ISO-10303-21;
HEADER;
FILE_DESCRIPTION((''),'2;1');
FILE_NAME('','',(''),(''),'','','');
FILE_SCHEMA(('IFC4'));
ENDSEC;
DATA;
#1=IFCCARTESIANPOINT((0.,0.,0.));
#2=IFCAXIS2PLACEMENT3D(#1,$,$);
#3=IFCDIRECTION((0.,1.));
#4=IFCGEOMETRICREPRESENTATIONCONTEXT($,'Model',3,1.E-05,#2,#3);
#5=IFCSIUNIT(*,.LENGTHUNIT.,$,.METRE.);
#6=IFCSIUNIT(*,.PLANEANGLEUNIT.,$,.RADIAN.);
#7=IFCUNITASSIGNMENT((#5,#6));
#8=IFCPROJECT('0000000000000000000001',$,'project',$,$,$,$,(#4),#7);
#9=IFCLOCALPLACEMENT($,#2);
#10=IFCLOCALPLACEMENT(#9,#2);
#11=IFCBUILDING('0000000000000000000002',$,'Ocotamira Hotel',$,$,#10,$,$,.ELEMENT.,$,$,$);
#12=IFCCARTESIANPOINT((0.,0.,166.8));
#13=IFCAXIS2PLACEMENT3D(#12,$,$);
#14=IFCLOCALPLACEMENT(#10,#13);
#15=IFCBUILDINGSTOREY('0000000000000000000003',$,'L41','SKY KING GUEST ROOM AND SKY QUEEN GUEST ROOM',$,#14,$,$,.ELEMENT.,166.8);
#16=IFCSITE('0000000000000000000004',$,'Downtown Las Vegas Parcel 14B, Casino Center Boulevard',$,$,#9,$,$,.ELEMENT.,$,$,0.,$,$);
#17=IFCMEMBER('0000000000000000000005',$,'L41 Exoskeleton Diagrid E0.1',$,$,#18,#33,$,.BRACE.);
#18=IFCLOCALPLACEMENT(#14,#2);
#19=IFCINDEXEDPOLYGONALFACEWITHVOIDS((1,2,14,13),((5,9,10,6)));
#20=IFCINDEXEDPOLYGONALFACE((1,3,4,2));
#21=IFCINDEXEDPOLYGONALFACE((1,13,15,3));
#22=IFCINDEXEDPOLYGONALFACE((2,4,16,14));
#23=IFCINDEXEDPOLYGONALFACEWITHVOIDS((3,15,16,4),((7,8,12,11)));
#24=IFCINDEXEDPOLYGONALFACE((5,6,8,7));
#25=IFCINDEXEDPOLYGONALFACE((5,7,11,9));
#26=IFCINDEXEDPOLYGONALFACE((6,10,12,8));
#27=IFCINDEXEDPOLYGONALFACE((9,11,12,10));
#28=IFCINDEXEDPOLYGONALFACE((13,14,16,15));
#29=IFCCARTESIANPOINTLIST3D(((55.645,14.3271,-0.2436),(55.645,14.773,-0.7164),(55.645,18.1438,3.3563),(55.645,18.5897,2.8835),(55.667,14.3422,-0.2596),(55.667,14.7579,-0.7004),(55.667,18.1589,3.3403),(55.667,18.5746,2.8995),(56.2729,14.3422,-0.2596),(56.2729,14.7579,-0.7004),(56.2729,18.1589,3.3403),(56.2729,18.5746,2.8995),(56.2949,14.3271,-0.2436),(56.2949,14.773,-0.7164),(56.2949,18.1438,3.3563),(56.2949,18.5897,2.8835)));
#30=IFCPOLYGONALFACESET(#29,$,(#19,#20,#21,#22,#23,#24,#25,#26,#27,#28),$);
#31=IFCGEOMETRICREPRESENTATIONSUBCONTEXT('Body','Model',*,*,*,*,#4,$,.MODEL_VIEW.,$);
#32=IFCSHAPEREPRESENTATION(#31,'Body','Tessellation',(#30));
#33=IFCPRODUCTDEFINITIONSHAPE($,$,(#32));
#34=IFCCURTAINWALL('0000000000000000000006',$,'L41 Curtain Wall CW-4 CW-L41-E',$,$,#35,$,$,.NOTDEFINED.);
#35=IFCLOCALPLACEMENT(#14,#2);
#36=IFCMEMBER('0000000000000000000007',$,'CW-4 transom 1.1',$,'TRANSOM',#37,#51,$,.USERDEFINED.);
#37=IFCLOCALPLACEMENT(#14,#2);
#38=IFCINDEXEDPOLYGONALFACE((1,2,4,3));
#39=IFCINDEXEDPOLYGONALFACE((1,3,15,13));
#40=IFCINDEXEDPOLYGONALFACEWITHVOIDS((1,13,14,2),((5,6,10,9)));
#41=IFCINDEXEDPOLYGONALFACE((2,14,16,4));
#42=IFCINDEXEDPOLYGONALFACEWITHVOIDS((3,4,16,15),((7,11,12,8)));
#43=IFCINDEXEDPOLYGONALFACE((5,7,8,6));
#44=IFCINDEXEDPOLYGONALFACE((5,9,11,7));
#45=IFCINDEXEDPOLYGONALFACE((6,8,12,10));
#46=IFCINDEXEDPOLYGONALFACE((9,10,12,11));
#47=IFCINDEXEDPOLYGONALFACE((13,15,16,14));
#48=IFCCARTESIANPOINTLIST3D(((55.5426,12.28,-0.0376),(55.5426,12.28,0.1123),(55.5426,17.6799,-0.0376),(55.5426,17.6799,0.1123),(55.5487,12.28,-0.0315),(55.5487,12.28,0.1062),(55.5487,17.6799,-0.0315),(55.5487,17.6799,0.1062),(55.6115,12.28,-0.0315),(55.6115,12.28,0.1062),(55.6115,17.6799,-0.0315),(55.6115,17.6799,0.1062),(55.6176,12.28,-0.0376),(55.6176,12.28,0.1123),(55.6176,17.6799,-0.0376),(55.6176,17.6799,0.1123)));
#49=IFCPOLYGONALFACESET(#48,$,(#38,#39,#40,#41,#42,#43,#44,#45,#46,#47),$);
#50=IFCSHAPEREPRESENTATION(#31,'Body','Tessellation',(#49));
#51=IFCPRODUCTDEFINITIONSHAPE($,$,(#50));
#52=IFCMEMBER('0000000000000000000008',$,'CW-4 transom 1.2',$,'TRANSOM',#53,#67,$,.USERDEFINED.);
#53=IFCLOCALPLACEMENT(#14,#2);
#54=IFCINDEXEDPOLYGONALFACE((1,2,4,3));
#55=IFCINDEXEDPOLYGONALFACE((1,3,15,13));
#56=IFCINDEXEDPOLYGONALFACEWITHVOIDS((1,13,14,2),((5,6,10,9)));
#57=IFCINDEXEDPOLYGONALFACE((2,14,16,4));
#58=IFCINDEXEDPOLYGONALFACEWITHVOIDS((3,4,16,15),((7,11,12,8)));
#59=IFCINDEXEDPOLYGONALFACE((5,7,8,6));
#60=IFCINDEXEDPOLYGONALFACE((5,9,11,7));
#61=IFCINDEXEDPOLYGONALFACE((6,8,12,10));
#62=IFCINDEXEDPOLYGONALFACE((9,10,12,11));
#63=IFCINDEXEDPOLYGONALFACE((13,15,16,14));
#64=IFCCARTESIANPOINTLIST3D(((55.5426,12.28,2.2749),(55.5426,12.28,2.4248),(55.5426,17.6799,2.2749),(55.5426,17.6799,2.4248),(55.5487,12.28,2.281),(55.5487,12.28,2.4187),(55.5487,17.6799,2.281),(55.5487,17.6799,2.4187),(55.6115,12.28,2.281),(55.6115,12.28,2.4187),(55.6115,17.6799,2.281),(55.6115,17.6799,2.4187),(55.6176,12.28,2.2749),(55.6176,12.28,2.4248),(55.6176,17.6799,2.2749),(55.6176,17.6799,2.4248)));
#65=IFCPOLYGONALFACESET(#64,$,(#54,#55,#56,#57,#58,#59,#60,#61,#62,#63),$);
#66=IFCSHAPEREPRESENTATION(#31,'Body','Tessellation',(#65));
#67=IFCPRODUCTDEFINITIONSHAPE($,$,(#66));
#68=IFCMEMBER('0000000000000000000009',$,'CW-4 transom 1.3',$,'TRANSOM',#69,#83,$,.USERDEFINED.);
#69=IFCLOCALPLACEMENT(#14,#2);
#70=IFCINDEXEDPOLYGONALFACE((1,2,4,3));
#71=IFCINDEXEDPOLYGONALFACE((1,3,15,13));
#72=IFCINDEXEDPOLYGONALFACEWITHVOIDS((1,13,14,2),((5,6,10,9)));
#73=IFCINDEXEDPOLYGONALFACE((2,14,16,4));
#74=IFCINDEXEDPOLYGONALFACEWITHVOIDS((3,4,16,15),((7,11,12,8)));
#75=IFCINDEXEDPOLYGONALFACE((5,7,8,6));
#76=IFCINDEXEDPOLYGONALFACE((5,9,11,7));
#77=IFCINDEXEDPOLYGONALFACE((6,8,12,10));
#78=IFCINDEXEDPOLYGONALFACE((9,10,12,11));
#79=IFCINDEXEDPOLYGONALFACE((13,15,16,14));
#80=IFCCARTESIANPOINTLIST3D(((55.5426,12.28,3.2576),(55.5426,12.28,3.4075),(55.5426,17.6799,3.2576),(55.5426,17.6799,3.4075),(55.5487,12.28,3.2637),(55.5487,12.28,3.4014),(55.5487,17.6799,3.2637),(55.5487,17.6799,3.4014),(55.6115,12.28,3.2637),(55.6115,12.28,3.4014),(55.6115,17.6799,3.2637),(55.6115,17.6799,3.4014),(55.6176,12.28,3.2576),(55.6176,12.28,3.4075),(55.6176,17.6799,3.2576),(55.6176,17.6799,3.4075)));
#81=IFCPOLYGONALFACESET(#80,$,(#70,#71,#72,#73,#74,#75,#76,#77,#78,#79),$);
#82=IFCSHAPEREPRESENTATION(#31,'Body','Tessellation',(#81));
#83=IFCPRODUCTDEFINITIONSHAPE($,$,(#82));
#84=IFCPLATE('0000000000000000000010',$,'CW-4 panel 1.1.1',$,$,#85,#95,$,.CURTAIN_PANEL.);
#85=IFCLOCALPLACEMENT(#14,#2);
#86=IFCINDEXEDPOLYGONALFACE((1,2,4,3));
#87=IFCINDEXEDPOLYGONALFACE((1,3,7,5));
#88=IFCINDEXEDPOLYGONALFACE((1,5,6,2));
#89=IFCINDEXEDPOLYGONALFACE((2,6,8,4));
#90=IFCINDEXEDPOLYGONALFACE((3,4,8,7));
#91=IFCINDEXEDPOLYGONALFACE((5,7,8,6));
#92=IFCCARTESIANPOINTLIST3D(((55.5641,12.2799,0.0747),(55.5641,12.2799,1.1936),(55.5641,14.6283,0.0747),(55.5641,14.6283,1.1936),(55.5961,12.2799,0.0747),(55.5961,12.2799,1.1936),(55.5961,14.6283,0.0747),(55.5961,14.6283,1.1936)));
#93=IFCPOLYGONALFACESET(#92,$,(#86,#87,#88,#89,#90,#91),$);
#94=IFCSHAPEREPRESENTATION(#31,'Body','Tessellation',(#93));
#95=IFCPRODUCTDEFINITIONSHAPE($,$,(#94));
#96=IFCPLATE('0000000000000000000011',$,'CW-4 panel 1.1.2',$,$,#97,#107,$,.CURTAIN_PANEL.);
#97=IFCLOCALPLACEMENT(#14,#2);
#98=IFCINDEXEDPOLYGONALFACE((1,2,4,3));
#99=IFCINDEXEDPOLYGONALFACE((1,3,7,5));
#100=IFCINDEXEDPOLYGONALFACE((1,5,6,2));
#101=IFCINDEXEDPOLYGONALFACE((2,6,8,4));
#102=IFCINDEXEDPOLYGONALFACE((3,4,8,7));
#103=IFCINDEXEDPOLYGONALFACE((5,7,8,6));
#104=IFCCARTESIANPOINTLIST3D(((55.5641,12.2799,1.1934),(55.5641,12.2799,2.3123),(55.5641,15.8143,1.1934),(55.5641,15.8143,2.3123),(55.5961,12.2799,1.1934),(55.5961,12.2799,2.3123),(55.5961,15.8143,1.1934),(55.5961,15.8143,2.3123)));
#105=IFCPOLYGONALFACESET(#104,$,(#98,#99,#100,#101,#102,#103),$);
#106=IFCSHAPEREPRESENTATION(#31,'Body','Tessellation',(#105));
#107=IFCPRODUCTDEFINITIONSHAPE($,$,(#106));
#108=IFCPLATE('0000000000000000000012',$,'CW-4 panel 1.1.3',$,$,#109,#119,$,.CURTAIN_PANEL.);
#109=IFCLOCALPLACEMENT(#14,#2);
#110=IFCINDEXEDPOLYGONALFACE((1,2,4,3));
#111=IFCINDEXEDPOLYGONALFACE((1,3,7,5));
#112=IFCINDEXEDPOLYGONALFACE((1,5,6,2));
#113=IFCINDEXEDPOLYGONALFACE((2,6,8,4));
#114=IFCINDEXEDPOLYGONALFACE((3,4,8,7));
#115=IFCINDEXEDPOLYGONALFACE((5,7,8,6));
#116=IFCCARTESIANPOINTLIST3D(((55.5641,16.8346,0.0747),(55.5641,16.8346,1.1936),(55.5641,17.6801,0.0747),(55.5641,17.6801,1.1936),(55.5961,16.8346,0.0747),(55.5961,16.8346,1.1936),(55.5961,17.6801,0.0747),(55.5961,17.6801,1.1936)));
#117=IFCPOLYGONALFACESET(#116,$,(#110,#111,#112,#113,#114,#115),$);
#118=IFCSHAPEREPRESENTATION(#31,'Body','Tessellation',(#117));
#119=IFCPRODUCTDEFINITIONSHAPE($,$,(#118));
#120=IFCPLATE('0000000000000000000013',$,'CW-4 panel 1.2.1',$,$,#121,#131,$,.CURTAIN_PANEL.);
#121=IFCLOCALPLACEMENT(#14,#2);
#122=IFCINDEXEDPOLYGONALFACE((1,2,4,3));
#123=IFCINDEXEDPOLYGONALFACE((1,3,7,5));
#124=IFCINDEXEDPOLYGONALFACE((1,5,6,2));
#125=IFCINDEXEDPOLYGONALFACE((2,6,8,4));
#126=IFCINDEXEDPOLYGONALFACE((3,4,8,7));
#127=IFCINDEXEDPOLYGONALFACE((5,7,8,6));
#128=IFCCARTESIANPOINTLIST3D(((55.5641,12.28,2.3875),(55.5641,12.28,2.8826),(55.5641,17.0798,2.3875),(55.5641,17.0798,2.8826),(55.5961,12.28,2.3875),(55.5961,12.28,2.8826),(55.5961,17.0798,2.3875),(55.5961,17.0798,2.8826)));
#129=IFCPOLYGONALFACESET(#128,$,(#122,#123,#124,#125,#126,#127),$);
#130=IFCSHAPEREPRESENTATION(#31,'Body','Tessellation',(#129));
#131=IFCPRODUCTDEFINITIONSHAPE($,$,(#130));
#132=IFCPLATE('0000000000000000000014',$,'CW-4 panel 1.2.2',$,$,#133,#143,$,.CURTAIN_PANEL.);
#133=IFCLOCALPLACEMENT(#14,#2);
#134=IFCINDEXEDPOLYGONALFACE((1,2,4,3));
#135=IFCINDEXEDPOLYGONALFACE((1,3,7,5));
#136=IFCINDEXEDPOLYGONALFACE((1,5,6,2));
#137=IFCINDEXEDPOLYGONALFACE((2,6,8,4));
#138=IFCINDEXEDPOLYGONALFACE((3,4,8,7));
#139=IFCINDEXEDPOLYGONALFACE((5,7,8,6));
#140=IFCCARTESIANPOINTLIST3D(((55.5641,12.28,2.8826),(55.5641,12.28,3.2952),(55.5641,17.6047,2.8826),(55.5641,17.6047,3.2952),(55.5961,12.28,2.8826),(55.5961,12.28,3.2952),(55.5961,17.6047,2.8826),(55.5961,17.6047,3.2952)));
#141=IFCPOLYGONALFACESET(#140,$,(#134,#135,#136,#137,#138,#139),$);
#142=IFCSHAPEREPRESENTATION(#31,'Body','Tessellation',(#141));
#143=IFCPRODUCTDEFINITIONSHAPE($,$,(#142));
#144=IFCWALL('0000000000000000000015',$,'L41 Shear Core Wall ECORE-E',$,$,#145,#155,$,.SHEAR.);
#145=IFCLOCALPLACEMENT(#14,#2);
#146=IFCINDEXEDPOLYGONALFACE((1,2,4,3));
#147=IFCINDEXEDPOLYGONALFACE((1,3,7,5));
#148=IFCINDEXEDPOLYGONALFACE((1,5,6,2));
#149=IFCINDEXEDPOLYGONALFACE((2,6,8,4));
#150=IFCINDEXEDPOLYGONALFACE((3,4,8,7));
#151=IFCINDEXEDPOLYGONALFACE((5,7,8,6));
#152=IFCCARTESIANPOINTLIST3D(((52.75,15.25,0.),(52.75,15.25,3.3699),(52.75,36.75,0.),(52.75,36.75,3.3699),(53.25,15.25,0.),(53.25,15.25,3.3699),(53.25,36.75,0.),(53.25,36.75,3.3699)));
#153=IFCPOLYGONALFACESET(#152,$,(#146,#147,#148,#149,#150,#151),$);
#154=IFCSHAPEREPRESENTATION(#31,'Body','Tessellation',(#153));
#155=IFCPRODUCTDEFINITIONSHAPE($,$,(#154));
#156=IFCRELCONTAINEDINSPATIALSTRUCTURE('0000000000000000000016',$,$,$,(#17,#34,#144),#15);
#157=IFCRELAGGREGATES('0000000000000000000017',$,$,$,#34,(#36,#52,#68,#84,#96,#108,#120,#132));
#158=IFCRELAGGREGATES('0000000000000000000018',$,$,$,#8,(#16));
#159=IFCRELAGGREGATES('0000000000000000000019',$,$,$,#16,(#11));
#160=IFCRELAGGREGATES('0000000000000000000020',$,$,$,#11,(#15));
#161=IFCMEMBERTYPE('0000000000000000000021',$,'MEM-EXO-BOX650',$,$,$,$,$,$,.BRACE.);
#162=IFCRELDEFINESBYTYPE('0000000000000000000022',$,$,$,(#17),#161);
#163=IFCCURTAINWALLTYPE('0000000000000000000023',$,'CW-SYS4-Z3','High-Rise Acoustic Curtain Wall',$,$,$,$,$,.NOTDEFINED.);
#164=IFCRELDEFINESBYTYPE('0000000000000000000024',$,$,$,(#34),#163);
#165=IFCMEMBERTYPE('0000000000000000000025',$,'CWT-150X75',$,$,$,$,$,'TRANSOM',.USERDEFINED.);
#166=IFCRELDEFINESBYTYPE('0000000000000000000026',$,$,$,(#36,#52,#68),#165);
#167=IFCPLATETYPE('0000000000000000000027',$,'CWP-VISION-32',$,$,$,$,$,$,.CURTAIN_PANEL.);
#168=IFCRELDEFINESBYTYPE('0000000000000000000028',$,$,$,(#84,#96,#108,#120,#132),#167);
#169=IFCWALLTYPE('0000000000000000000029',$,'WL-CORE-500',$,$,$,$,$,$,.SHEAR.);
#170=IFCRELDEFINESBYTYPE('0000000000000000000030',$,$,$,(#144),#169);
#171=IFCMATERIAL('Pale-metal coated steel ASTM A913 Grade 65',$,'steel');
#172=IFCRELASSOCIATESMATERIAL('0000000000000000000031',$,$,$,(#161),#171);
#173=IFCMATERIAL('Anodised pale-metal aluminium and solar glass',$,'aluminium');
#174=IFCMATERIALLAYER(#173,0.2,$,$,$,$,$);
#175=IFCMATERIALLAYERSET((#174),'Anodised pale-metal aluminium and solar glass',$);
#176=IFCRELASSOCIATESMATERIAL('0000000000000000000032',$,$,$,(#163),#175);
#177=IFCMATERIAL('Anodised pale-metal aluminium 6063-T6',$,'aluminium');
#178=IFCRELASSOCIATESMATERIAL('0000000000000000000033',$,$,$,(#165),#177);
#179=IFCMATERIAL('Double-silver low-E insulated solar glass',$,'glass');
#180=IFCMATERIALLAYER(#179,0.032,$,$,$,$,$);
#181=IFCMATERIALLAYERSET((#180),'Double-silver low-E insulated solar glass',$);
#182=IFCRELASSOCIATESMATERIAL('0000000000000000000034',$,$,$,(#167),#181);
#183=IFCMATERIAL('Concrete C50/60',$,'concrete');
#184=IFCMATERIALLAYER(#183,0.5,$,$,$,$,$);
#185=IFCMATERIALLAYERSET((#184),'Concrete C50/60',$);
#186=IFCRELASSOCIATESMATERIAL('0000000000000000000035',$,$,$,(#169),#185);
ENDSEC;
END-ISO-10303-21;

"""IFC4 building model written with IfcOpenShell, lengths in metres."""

from ifc_helpers import new_model, si_unit, direction, frame, frame_2d, origin, origin_2d, place, context, subcontext, project, spatial, rectangle, hollow_rectangle, extrude, source, transform, mapped, material, layer, layer_set, material_profile, profile_set, type_object, element, aggregate, save


model = new_model("IFC4")

# Units and contexts
model_context = context("Model", 3, precision=1e-05, world=origin(), true_north=direction((0.0, 1.0)))
body_context = subcontext(model_context, "Body", "Model", "MODEL_VIEW")
ifc_project = project(units=[si_unit("LENGTHUNIT", "METRE"), si_unit("PLANEANGLEUNIT", "RADIAN")], contexts=[model_context])

# Site, building, storey
site_placement = place(None, origin())
site = spatial("IfcSite", under=ifc_project, at=site_placement, Name="Downtown Las Vegas Parcel 14B, Casino Center Boulevard", CompositionType="ELEMENT", RefElevation=0.0)
building_placement = place(site_placement, origin())
building = spatial("IfcBuilding", under=site, at=building_placement, Name="Ocotamira Hotel", CompositionType="ELEMENT")
storey_placement = place(building_placement, frame((0.0, 0.0, 166.8)))
storey = spatial("IfcBuildingStorey", under=building, at=storey_placement, Name="L41", Description="SKY KING GUEST ROOM AND SKY QUEEN GUEST ROOM", CompositionType="ELEMENT", Elevation=166.8)

# Member
ifc_material_1 = material(Name="Pale-metal coated steel ASTM A913 Grade 65", Category="steel")
ifc_material_profile_1 = material_profile(ifc_material_1, hollow_rectangle(XDim=0.6499, YDim=0.6499, WallThickness=0.022, at=origin_2d()), Name="BOX650X650X22")
ifc_profile_set_1 = profile_set([ifc_material_profile_1], Name="Pale-metal coated steel ASTM A913 Grade 65")
member_type_1 = type_object("IfcMemberType", Name="MEM-EXO-BOX650", PredefinedType="BRACE", material=ifc_profile_set_1)
shared_shape_1 = source(origin(), body_context, "Body", "SweptSolid", [
    extrude(hollow_rectangle(XDim=0.6499, YDim=0.6499, WallThickness=0.022, at=origin_2d()), origin(), (0.0, 0.0, 1.0), 5.2466),
])
member_1_placement = place(storey_placement, frame((55.97, 14.55, -0.48), z_axis=(0.0, 0.727466, 0.686144), x_axis=(-1.0, 0.0, 0.0)))
element("IfcMember", 1, at=member_1_placement, inside=storey, type_object=member_type_1, Name="L41 Exoskeleton Diagrid E0.1", PredefinedType="BRACE", context=body_context, shape_type="MappedRepresentation", body=[
    mapped(shared_shape_1, transform((0.0, 0.0, 0.0), scale=1.0)),
])

# Curtain wall, members, plates
ifc_material_2 = material(Name="Anodised pale-metal aluminium and solar glass", Category="aluminium")
ifc_layer_1 = layer(ifc_material_2, 0.2)
ifc_layer_set_1 = layer_set([ifc_layer_1], Name="Anodised pale-metal aluminium and solar glass")
curtain_wall_type = type_object("IfcCurtainWallType", Name="CW-SYS4-Z3", Description="High-Rise Acoustic Curtain Wall", PredefinedType="NOTDEFINED", material=ifc_layer_set_1)
curtain_wall_placement = place(storey_placement, origin())
curtain_wall = element("IfcCurtainWall", 2, at=curtain_wall_placement, inside=storey, type_object=curtain_wall_type, Name="L41 Curtain Wall CW-4 CW-L41-E", PredefinedType="NOTDEFINED")
ifc_material_3 = material(Name="Anodised pale-metal aluminium 6063-T6", Category="aluminium")
ifc_material_profile_2 = material_profile(ifc_material_3, hollow_rectangle(XDim=0.075, YDim=0.1499, WallThickness=0.0061, at=origin_2d()), Name="HSS150X75X6")
ifc_profile_set_2 = profile_set([ifc_material_profile_2], Name="Anodised pale-metal aluminium 6063-T6")
member_type_2 = type_object("IfcMemberType", Name="CWT-150X75", ElementType="TRANSOM", PredefinedType="USERDEFINED", material=ifc_profile_set_2)
shared_shape_2 = source(origin(), body_context, "Body", "SweptSolid", [
    extrude(hollow_rectangle(XDim=0.075, YDim=0.1499, WallThickness=0.0061, at=origin_2d()), origin(), (0.0, 0.0, 1.0), 5.3999),
])
member_2_placement = place(storey_placement, frame((55.5801, 12.28, 0.0374), z_axis=(0.0, 1.0, 0.0), x_axis=(-1.0, 0.0, 0.0)))
member_2 = element("IfcMember", 3, at=member_2_placement, type_object=member_type_2, Name="CW-4 transom 1.1", ObjectType="TRANSOM", PredefinedType="USERDEFINED", context=body_context, shape_type="MappedRepresentation", body=[
    mapped(shared_shape_2, transform((0.0, 0.0, 0.0), scale=1.0)),
])
member_3_placement = place(storey_placement, frame((55.5801, 12.28, 2.3499), z_axis=(0.0, 1.0, 0.0), x_axis=(-1.0, 0.0, 0.0)))
member_3 = element("IfcMember", 4, at=member_3_placement, type_object=member_type_2, Name="CW-4 transom 1.2", ObjectType="TRANSOM", PredefinedType="USERDEFINED", context=body_context, shape_type="MappedRepresentation", body=[
    mapped(shared_shape_2, transform((0.0, 0.0, 0.0), scale=1.0)),
])
member_4_placement = place(storey_placement, frame((55.5801, 12.28, 3.3325), z_axis=(0.0, 1.0, 0.0), x_axis=(-1.0, 0.0, 0.0)))
member_4 = element("IfcMember", 5, at=member_4_placement, type_object=member_type_2, Name="CW-4 transom 1.3", ObjectType="TRANSOM", PredefinedType="USERDEFINED", context=body_context, shape_type="MappedRepresentation", body=[
    mapped(shared_shape_2, transform((0.0, 0.0, 0.0), scale=1.0)),
])
ifc_material_4 = material(Name="Double-silver low-E insulated solar glass", Category="glass")
ifc_layer_2 = layer(ifc_material_4, 0.032)
ifc_layer_set_2 = layer_set([ifc_layer_2], Name="Double-silver low-E insulated solar glass")
plate_type = type_object("IfcPlateType", Name="CWP-VISION-32", PredefinedType="CURTAIN_PANEL", material=ifc_layer_set_2)
shared_shape_3 = source(origin(), body_context, "Body", "SweptSolid", [
    extrude(rectangle(XDim=2.3484, YDim=0.032, at=origin_2d()), origin(), (0.0, 0.0, 1.0), 1.1189),
])
plate_1_placement = place(storey_placement, frame((55.5801, 13.4541, 0.0747), z_axis=(0.0, 0.0, 1.0), x_axis=(0.0, 1.0, 0.0)))
plate_1 = element("IfcPlate", 6, at=plate_1_placement, type_object=plate_type, Name="CW-4 panel 1.1.1", PredefinedType="CURTAIN_PANEL", context=body_context, shape_type="MappedRepresentation", body=[
    mapped(shared_shape_3, transform((0.0, 0.0, 0.0), scale=1.0)),
])
shared_shape_4 = source(origin(), body_context, "Body", "SweptSolid", [
    extrude(rectangle(XDim=3.5344, YDim=0.032, at=origin_2d()), origin(), (0.0, 0.0, 1.0), 1.1189),
])
plate_2_placement = place(storey_placement, frame((55.5801, 14.0471, 1.1934), z_axis=(0.0, 0.0, 1.0), x_axis=(0.0, 1.0, 0.0)))
plate_2 = element("IfcPlate", 7, at=plate_2_placement, type_object=plate_type, Name="CW-4 panel 1.1.2", PredefinedType="CURTAIN_PANEL", context=body_context, shape_type="MappedRepresentation", body=[
    mapped(shared_shape_4, transform((0.0, 0.0, 0.0), scale=1.0)),
])
shared_shape_5 = source(origin(), body_context, "Body", "SweptSolid", [
    extrude(rectangle(XDim=0.8455, YDim=0.032, at=origin_2d()), origin(), (0.0, 0.0, 1.0), 1.1189),
])
plate_3_placement = place(storey_placement, frame((55.5801, 17.2573, 0.0747), z_axis=(0.0, 0.0, 1.0), x_axis=(0.0, 1.0, 0.0)))
plate_3 = element("IfcPlate", 8, at=plate_3_placement, type_object=plate_type, Name="CW-4 panel 1.1.3", PredefinedType="CURTAIN_PANEL", context=body_context, shape_type="MappedRepresentation", body=[
    mapped(shared_shape_5, transform((0.0, 0.0, 0.0), scale=1.0)),
])
shared_shape_6 = source(origin(), body_context, "Body", "SweptSolid", [
    extrude(rectangle(XDim=4.7998, YDim=0.032, at=origin_2d()), origin(), (0.0, 0.0, 1.0), 0.4951),
])
plate_4_placement = place(storey_placement, frame((55.5801, 14.6799, 2.3875), z_axis=(0.0, 0.0, 1.0), x_axis=(0.0, 1.0, 0.0)))
plate_4 = element("IfcPlate", 9, at=plate_4_placement, type_object=plate_type, Name="CW-4 panel 1.2.1", PredefinedType="CURTAIN_PANEL", context=body_context, shape_type="MappedRepresentation", body=[
    mapped(shared_shape_6, transform((0.0, 0.0, 0.0), scale=1.0)),
])
shared_shape_7 = source(origin(), body_context, "Body", "SweptSolid", [
    extrude(rectangle(XDim=5.3247, YDim=0.032, at=origin_2d()), origin(), (0.0, 0.0, 1.0), 0.4126),
])
plate_5_placement = place(storey_placement, frame((55.5801, 14.9424, 2.8826), z_axis=(0.0, 0.0, 1.0), x_axis=(0.0, 1.0, 0.0)))
plate_5 = element("IfcPlate", 10, at=plate_5_placement, type_object=plate_type, Name="CW-4 panel 1.2.2", PredefinedType="CURTAIN_PANEL", context=body_context, shape_type="MappedRepresentation", body=[
    mapped(shared_shape_7, transform((0.0, 0.0, 0.0), scale=1.0)),
])
aggregate(curtain_wall, [member_2, member_3, member_4, plate_1, plate_2, plate_3, plate_4, plate_5])

# Wall
ifc_material_5 = material(Name="Concrete C50/60", Category="concrete")
ifc_layer_3 = layer(ifc_material_5, 0.5)
ifc_layer_set_3 = layer_set([ifc_layer_3], Name="Concrete C50/60")
wall_type_1 = type_object("IfcWallType", Name="WL-CORE-500", PredefinedType="SHEAR", material=ifc_layer_set_3)
wall_1_placement = place(storey_placement, frame((53.0, 15.25, 0.0), z_axis=(0.0, 0.0, 1.0), x_axis=(0.0, 1.0, 0.0)))
element("IfcWall", 11, at=wall_1_placement, inside=storey, type_object=wall_type_1, Name="L41 Shear Core Wall ECORE-E", PredefinedType="SHEAR", context=body_context, shape_type="SweptSolid", body=[
    extrude(rectangle(XDim=21.5, YDim=0.5, at=frame_2d((10.75, 0.0))), origin(), (0.0, 0.0, 1.0), 3.3699),
])

save(model, "model.ifc")
